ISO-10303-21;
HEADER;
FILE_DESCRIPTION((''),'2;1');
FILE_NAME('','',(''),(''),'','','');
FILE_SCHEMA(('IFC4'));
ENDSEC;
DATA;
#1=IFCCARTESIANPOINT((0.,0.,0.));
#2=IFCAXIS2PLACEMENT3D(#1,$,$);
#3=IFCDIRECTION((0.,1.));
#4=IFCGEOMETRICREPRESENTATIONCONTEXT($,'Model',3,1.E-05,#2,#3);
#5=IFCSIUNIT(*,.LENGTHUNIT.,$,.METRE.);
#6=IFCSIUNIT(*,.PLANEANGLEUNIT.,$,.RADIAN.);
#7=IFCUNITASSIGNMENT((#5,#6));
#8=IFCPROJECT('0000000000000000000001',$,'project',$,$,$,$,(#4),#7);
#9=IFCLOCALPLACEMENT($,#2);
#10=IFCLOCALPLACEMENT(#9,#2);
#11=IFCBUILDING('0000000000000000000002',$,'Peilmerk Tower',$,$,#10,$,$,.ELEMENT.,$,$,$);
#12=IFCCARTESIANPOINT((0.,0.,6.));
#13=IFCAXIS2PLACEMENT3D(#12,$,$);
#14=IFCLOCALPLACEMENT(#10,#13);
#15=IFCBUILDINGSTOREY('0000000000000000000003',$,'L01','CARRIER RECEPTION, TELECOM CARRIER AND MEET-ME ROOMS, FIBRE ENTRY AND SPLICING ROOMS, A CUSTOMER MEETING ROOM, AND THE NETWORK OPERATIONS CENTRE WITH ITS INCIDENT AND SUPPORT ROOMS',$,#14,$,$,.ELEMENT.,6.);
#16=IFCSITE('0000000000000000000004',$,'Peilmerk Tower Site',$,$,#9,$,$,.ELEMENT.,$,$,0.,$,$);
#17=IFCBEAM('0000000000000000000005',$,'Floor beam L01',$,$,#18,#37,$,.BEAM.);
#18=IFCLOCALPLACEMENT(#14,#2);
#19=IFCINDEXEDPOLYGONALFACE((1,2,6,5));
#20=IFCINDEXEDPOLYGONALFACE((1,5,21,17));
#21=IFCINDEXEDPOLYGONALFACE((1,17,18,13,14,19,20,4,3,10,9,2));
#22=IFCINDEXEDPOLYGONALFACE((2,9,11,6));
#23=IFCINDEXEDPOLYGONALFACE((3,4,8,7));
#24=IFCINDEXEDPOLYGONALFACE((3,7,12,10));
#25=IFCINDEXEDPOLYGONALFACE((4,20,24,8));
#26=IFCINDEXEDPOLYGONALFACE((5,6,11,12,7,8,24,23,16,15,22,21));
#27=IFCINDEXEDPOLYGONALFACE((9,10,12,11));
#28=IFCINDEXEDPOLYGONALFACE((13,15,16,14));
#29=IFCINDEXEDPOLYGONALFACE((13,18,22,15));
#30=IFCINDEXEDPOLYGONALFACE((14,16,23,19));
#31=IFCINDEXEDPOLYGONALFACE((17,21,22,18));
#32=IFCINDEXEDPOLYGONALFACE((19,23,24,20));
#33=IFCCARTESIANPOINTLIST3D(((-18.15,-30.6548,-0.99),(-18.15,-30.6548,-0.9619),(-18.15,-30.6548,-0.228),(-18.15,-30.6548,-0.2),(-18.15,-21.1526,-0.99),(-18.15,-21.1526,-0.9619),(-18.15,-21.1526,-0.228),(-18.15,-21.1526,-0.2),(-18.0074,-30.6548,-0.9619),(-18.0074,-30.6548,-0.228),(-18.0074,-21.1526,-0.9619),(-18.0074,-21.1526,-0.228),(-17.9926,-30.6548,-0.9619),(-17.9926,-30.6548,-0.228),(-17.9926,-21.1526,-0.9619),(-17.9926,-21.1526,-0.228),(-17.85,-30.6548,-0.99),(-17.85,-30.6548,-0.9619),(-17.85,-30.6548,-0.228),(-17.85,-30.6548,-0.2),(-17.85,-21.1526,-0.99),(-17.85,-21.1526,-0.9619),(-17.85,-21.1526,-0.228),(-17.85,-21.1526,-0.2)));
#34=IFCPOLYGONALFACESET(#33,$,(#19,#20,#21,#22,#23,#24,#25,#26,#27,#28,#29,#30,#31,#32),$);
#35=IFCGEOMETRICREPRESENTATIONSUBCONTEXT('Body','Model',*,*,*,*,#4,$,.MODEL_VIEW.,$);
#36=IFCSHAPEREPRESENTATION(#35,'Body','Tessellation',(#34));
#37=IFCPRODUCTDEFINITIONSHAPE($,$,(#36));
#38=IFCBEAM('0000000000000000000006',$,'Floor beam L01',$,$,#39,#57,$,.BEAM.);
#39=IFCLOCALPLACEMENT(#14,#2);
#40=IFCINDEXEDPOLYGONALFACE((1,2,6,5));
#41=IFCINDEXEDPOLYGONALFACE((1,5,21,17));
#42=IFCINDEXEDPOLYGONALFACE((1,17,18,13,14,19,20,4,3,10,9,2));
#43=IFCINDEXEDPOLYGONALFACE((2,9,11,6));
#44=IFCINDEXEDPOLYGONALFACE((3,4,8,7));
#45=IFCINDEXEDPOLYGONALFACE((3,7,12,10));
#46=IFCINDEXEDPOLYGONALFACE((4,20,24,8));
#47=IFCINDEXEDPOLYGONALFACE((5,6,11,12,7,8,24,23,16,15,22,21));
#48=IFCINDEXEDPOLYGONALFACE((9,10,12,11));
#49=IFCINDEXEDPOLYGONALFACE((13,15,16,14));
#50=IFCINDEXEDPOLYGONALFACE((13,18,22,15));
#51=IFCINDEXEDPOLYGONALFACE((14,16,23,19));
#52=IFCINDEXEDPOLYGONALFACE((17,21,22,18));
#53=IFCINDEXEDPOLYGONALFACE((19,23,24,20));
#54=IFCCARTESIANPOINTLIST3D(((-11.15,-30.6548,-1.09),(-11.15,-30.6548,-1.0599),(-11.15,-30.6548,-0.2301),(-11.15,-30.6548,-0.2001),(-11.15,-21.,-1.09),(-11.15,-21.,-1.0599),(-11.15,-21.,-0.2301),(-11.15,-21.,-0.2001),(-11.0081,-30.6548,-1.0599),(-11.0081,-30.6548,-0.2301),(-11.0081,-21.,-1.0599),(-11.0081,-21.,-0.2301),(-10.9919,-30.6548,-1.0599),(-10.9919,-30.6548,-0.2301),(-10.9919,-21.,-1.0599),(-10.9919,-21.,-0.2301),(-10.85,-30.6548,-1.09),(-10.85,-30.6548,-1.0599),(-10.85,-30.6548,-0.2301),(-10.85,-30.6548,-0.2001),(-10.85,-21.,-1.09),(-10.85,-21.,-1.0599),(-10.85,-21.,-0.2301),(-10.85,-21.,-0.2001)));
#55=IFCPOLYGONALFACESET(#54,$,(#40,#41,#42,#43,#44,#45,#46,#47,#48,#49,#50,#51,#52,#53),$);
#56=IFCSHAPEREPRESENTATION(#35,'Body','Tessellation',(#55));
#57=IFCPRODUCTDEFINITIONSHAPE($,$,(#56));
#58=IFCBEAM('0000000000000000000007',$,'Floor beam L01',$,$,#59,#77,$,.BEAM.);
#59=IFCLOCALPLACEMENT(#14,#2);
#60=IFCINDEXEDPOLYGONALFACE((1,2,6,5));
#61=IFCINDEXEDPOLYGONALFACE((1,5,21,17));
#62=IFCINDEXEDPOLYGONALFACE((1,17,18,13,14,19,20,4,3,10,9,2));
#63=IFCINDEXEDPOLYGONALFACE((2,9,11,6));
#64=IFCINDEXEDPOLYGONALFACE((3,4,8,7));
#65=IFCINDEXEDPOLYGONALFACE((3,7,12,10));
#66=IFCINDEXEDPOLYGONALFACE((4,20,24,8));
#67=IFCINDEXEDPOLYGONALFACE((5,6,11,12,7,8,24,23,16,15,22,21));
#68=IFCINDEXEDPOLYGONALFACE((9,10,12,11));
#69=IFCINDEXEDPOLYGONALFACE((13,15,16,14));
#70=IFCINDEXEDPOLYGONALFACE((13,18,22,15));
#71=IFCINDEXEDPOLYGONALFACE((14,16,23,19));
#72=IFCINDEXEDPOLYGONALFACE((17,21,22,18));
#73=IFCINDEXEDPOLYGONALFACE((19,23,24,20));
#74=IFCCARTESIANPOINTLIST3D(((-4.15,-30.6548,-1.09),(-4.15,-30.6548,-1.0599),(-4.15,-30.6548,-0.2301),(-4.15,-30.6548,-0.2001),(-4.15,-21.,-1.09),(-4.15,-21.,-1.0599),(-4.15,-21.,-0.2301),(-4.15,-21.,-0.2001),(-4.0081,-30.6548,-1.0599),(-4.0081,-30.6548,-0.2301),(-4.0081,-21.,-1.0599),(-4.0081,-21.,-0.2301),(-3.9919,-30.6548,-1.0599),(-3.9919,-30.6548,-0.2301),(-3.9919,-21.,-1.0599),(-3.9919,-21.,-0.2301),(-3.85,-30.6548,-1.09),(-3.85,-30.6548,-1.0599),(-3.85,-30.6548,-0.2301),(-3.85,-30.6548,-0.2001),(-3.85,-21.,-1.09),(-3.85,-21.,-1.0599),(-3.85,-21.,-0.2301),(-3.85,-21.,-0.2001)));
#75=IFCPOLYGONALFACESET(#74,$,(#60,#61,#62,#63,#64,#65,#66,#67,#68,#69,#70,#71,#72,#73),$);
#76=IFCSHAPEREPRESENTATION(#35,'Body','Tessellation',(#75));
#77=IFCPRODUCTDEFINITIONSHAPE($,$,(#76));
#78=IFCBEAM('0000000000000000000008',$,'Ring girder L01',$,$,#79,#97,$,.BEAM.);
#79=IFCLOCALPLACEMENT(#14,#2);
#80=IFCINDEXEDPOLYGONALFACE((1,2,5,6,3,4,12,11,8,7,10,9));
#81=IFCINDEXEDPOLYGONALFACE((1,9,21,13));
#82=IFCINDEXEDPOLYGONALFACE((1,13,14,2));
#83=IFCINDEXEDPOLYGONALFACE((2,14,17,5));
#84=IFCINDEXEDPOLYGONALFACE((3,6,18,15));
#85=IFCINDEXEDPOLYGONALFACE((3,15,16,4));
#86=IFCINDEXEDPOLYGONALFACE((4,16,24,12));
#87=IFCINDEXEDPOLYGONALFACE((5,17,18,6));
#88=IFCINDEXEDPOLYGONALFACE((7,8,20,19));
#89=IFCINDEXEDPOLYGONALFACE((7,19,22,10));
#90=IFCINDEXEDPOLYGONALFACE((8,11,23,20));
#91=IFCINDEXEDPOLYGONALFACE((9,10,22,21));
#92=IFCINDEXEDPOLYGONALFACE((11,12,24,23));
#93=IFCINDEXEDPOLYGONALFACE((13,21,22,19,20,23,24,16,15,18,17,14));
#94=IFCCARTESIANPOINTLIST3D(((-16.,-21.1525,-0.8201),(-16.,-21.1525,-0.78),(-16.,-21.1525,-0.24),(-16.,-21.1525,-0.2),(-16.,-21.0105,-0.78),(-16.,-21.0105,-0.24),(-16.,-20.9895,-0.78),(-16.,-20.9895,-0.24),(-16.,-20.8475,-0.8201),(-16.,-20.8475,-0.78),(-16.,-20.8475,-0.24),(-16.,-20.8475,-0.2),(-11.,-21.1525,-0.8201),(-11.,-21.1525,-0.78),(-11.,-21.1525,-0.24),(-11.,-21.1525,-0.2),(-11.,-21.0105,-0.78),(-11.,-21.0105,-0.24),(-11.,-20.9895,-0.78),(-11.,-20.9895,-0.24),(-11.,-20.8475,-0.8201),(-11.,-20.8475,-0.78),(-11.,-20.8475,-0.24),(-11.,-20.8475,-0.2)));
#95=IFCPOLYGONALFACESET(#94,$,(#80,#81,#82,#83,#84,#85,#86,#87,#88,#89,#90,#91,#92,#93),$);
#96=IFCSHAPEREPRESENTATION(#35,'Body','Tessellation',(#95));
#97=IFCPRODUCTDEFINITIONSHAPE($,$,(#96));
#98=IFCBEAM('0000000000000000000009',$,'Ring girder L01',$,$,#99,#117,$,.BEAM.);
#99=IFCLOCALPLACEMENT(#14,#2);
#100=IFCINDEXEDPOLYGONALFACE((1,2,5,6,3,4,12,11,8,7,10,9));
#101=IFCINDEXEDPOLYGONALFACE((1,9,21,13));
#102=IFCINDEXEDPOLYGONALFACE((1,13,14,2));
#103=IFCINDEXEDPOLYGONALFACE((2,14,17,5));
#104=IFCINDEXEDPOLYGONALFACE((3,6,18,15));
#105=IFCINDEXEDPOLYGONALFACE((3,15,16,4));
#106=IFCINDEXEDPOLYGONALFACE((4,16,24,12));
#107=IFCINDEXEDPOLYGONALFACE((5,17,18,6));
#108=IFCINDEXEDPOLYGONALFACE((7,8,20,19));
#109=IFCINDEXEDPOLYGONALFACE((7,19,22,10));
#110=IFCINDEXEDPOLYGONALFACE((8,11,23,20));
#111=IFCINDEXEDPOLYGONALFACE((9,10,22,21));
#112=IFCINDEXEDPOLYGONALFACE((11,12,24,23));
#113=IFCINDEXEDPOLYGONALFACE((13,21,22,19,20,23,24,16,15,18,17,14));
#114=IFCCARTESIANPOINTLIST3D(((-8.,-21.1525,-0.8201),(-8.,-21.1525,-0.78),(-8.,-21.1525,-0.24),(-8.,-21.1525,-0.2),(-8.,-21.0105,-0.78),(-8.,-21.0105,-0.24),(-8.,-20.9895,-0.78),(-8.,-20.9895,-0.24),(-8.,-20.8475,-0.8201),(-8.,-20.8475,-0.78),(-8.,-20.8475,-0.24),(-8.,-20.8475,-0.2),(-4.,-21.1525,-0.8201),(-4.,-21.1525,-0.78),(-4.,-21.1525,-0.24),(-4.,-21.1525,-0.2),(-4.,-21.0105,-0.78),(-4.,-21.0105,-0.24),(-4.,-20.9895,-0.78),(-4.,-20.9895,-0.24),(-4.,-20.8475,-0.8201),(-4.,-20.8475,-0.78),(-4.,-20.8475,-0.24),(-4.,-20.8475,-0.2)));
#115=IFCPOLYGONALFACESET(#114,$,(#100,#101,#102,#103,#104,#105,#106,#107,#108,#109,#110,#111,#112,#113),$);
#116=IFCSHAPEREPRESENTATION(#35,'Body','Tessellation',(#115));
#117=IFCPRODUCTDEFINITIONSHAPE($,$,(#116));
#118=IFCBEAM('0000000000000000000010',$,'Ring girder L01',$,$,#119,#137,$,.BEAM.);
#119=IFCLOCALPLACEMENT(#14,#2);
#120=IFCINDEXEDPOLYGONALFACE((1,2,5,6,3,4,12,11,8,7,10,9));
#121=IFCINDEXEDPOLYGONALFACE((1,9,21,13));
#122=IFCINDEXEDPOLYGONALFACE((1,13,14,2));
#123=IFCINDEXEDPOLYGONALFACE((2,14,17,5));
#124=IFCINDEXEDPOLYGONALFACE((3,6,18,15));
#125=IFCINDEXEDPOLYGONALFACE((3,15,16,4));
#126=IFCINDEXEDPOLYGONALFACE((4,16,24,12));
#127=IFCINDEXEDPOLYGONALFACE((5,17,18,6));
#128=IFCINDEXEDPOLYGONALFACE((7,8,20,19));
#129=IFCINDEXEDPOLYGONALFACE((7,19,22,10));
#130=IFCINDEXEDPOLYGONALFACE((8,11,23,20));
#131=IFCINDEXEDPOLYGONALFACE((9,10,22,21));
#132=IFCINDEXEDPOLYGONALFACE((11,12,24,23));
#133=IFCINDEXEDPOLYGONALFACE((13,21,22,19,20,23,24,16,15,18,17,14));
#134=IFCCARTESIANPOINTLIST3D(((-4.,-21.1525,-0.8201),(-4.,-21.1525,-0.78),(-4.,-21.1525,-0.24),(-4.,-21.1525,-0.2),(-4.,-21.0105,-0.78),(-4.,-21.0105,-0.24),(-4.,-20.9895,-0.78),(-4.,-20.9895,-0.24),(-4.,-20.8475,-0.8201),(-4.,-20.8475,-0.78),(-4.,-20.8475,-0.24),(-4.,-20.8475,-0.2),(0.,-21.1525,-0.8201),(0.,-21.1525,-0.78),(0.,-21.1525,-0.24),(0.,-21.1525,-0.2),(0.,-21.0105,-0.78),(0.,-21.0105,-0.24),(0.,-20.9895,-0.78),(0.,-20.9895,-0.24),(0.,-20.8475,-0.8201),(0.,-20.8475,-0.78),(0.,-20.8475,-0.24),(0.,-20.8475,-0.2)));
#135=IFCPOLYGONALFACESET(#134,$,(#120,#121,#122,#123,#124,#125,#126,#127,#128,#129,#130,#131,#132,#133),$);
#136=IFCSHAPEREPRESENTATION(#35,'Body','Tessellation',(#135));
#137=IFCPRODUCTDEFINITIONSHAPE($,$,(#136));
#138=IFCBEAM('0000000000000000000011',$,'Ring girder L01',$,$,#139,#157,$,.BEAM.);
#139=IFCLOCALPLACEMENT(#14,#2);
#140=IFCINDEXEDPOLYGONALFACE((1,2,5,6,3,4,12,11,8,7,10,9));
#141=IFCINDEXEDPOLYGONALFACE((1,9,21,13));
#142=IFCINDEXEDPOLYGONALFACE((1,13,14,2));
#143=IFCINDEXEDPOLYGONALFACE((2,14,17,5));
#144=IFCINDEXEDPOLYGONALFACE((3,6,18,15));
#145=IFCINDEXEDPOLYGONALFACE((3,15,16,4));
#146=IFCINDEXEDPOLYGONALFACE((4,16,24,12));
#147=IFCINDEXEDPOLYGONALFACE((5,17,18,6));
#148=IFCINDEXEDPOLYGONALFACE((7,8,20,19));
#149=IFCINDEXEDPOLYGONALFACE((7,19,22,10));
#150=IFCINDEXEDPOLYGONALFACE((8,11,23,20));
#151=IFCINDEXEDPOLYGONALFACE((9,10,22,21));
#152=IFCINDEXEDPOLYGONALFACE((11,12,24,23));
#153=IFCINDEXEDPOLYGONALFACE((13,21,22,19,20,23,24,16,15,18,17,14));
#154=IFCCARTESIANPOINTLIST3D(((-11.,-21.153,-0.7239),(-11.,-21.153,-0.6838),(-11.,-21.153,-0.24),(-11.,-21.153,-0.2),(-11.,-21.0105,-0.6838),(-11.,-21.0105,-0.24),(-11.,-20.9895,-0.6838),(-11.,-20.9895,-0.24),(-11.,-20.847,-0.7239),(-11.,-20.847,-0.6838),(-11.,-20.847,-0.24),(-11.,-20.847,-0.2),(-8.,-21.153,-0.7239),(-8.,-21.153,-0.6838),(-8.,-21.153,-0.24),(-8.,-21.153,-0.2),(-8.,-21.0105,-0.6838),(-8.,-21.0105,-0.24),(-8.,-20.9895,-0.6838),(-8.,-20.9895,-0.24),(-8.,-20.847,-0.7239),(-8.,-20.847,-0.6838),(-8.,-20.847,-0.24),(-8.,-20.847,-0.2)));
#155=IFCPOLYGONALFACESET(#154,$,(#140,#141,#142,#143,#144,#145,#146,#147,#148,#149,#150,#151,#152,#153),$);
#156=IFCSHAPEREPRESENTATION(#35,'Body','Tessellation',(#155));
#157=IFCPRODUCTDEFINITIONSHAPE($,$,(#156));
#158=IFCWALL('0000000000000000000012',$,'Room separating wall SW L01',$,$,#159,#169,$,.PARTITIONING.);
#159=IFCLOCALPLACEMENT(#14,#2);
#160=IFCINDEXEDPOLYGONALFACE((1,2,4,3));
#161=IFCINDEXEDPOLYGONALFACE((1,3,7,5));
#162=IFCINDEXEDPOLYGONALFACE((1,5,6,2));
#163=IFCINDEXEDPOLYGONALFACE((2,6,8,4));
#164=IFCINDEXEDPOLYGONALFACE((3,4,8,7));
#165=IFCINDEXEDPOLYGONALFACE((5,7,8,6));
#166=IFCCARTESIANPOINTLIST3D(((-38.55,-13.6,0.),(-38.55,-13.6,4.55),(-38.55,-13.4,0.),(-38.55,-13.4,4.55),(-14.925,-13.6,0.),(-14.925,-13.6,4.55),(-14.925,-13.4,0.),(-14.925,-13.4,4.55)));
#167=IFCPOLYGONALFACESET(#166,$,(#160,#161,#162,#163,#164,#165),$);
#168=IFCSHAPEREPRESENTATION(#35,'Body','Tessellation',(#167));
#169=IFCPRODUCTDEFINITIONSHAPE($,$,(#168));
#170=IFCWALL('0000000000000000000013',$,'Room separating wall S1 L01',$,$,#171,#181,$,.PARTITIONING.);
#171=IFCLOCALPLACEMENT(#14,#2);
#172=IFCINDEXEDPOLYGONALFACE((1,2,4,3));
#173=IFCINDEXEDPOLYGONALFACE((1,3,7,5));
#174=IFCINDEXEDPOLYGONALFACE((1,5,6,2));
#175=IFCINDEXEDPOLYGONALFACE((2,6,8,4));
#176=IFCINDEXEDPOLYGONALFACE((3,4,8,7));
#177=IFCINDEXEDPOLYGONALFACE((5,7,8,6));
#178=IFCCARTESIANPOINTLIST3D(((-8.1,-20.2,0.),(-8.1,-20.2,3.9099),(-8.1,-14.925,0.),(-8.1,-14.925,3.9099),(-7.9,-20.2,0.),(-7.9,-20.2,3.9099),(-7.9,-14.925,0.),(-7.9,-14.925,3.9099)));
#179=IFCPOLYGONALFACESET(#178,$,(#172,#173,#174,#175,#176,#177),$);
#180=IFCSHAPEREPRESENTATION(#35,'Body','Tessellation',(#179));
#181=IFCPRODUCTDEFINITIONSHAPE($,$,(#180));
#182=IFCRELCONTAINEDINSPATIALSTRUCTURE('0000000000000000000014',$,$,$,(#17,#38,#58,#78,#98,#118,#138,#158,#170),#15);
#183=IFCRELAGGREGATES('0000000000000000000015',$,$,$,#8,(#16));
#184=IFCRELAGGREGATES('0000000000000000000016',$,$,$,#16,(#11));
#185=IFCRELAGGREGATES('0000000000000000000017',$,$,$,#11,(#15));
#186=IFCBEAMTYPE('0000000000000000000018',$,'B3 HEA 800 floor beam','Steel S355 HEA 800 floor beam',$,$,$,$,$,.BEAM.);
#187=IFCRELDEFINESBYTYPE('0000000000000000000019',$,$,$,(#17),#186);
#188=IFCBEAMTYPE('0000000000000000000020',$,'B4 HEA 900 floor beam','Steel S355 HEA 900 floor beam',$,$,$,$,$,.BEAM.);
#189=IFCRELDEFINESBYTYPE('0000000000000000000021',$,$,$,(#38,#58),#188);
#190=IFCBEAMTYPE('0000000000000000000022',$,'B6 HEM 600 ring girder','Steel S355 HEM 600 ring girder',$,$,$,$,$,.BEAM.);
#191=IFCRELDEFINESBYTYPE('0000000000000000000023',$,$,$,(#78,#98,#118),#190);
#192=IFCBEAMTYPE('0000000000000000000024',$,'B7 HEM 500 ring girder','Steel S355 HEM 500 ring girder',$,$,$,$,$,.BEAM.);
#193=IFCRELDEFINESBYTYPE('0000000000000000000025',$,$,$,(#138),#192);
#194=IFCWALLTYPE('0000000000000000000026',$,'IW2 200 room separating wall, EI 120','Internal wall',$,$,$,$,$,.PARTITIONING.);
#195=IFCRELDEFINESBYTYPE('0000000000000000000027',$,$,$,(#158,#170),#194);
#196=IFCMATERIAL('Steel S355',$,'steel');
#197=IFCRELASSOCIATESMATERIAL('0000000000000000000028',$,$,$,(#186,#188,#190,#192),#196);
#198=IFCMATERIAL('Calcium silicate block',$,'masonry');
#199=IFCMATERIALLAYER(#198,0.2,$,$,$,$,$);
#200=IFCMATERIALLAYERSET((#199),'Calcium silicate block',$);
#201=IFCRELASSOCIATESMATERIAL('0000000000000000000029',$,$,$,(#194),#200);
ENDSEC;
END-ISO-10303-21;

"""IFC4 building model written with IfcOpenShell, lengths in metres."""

from ifc_helpers import new_model, si_unit, direction, frame, frame_2d, origin, origin_2d, place, context, subcontext, project, spatial, rectangle, i_section, extrude, material, layer, layer_set, material_profile, profile_set, type_object, element, save


model = new_model("IFC4")

# Units and contexts
model_context = context("Model", 3, precision=1e-05, world=origin(), true_north=direction((0.0, 1.0)))
body_context = subcontext(model_context, "Body", "Model", "MODEL_VIEW")
ifc_project = project(units=[si_unit("LENGTHUNIT", "METRE"), si_unit("PLANEANGLEUNIT", "RADIAN")], contexts=[model_context])

# Site, building, storey
site_placement = place(None, origin())
site = spatial("IfcSite", under=ifc_project, at=site_placement, Name="Peilmerk Tower Site", CompositionType="ELEMENT", RefElevation=0.0)
building_placement = place(site_placement, origin())
building = spatial("IfcBuilding", under=site, at=building_placement, Name="Peilmerk Tower", CompositionType="ELEMENT")
storey_placement = place(building_placement, frame((0.0, 0.0, 6.0)))
storey = spatial("IfcBuildingStorey", under=building, at=storey_placement, Name="L01", Description="CARRIER RECEPTION, TELECOM CARRIER AND MEET-ME ROOMS, FIBRE ENTRY AND SPLICING ROOMS, A CUSTOMER MEETING ROOM, AND THE NETWORK OPERATIONS CENTRE WITH ITS INCIDENT AND SUPPORT ROOMS", CompositionType="ELEMENT", Elevation=6.0)

# Beams
ifc_material_1 = material(Name="Steel S355", Category="steel")
ifc_material_profile_1 = material_profile(ifc_material_1, i_section(OverallWidth=0.3, OverallDepth=0.79, WebThickness=0.0149, FlangeThickness=0.0281, at=origin_2d()), Name="HEA 800")
ifc_profile_set_1 = profile_set([ifc_material_profile_1], Name="Steel S355")
beam_type_1 = type_object("IfcBeamType", Name="B3 HEA 800 floor beam", Description="Steel S355 HEA 800 floor beam", PredefinedType="BEAM", material=ifc_profile_set_1)
for number, where, z_axis, x_axis, name in (
    (1, (-18.0, -21.1526, -0.595), (0.0, -1.0, 0.0), (1.0, 0.0, 0.0), "Floor beam L01"),
):
    element("IfcBeam", number, at=place(storey_placement, frame(where, z_axis=z_axis, x_axis=x_axis)), inside=storey, type_object=beam_type_1, Name=name, PredefinedType="BEAM", context=body_context, shape_type="SweptSolid", body=[
        extrude(i_section(OverallWidth=0.3, OverallDepth=0.79, WebThickness=0.0149, FlangeThickness=0.0281, at=origin_2d()), origin(), (0.0, 0.0, 1.0), 9.5022),
    ])
ifc_material_profile_2 = material_profile(ifc_material_1, i_section(OverallWidth=0.3, OverallDepth=0.8899, WebThickness=0.0161, FlangeThickness=0.03, at=origin_2d()), Name="HEA 900")
ifc_profile_set_2 = profile_set([ifc_material_profile_2], Name="Steel S355")
beam_type_2 = type_object("IfcBeamType", Name="B4 HEA 900 floor beam", Description="Steel S355 HEA 900 floor beam", PredefinedType="BEAM", material=ifc_profile_set_2)
for number, where, z_axis, x_axis, name in (
    (2, (-11.0, -21.0, -0.645), (0.0, -1.0, 0.0), (1.0, 0.0, 0.0), "Floor beam L01"),
    (3, (-4.0, -21.0, -0.645), (0.0, -1.0, 0.0), (1.0, 0.0, 0.0), "Floor beam L01"),
):
    element("IfcBeam", number, at=place(storey_placement, frame(where, z_axis=z_axis, x_axis=x_axis)), inside=storey, type_object=beam_type_2, Name=name, PredefinedType="BEAM", context=body_context, shape_type="SweptSolid", body=[
        extrude(i_section(OverallWidth=0.3, OverallDepth=0.8899, WebThickness=0.0161, FlangeThickness=0.03, at=origin_2d()), origin(), (0.0, 0.0, 1.0), 9.6548),
    ])
ifc_material_profile_3 = material_profile(ifc_material_1, i_section(OverallWidth=0.3049, OverallDepth=0.6201, WebThickness=0.021, FlangeThickness=0.04, at=origin_2d()), Name="HEM 600")
ifc_profile_set_3 = profile_set([ifc_material_profile_3], Name="Steel S355")
beam_type_3 = type_object("IfcBeamType", Name="B6 HEM 600 ring girder", Description="Steel S355 HEM 600 ring girder", PredefinedType="BEAM", material=ifc_profile_set_3)
beam_1_placement = place(storey_placement, frame((-16.0, -21.0, -0.51), z_axis=(1.0, 0.0, 0.0), x_axis=(0.0, 1.0, 0.0)))
element("IfcBeam", 4, at=beam_1_placement, inside=storey, type_object=beam_type_3, Name="Ring girder L01", PredefinedType="BEAM", context=body_context, shape_type="SweptSolid", body=[
    extrude(i_section(OverallWidth=0.3049, OverallDepth=0.6201, WebThickness=0.021, FlangeThickness=0.04, at=origin_2d()), origin(), (0.0, 0.0, 1.0), 5.0),
])
for number, where, z_axis, x_axis, name in (
    (5, (-8.0, -21.0, -0.51), (1.0, 0.0, 0.0), (0.0, 1.0, 0.0), "Ring girder L01"),
    (6, (-4.0, -21.0, -0.51), (1.0, 0.0, 0.0), (0.0, 1.0, 0.0), "Ring girder L01"),
):
    element("IfcBeam", number, at=place(storey_placement, frame(where, z_axis=z_axis, x_axis=x_axis)), inside=storey, type_object=beam_type_3, Name=name, PredefinedType="BEAM", context=body_context, shape_type="SweptSolid", body=[
        extrude(i_section(OverallWidth=0.3049, OverallDepth=0.6201, WebThickness=0.021, FlangeThickness=0.04, at=origin_2d()), origin(), (0.0, 0.0, 1.0), 4.0),
    ])
ifc_material_profile_4 = material_profile(ifc_material_1, i_section(OverallWidth=0.3059, OverallDepth=0.5239, WebThickness=0.021, FlangeThickness=0.04, at=origin_2d()), Name="HEM 500")
ifc_profile_set_4 = profile_set([ifc_material_profile_4], Name="Steel S355")
beam_type_4 = type_object("IfcBeamType", Name="B7 HEM 500 ring girder", Description="Steel S355 HEM 500 ring girder", PredefinedType="BEAM", material=ifc_profile_set_4)
beam_2_placement = place(storey_placement, frame((-11.0, -21.0, -0.4619), z_axis=(1.0, 0.0, 0.0), x_axis=(0.0, 1.0, 0.0)))
element("IfcBeam", 7, at=beam_2_placement, inside=storey, type_object=beam_type_4, Name="Ring girder L01", PredefinedType="BEAM", context=body_context, shape_type="SweptSolid", body=[
    extrude(i_section(OverallWidth=0.3059, OverallDepth=0.5239, WebThickness=0.021, FlangeThickness=0.04, at=origin_2d()), origin(), (0.0, 0.0, 1.0), 3.0),
])

# Walls
ifc_material_2 = material(Name="Calcium silicate block", Category="masonry")
ifc_layer = layer(ifc_material_2, 0.2)
ifc_layer_set = layer_set([ifc_layer], Name="Calcium silicate block")
wall_type = type_object("IfcWallType", Name="IW2 200 room separating wall, EI 120", Description="Internal wall", PredefinedType="PARTITIONING", material=ifc_layer_set)
wall_1_placement = place(storey_placement, frame((-14.925, -13.5, 0.0), z_axis=(0.0, 0.0, 1.0), x_axis=(-1.0, 0.0, 0.0)))
element("IfcWall", 8, at=wall_1_placement, inside=storey, type_object=wall_type, Name="Room separating wall SW L01", PredefinedType="PARTITIONING", context=body_context, shape_type="SweptSolid", body=[
    extrude(rectangle(XDim=23.625, YDim=0.2, at=frame_2d((11.8125, 0.0))), origin(), (0.0, 0.0, 1.0), 4.55),
])
wall_2_placement = place(storey_placement, frame((-8.0, -14.925, 0.0), z_axis=(0.0, 0.0, 1.0), x_axis=(0.0, -1.0, 0.0)))
element("IfcWall", 9, at=wall_2_placement, inside=storey, type_object=wall_type, Name="Room separating wall S1 L01", PredefinedType="PARTITIONING", context=body_context, shape_type="SweptSolid", body=[
    extrude(rectangle(XDim=5.2749, YDim=0.2, at=frame_2d((2.6375, 0.0))), origin(), (0.0, 0.0, 1.0), 3.9099),
])

save(model, "model.ifc")
